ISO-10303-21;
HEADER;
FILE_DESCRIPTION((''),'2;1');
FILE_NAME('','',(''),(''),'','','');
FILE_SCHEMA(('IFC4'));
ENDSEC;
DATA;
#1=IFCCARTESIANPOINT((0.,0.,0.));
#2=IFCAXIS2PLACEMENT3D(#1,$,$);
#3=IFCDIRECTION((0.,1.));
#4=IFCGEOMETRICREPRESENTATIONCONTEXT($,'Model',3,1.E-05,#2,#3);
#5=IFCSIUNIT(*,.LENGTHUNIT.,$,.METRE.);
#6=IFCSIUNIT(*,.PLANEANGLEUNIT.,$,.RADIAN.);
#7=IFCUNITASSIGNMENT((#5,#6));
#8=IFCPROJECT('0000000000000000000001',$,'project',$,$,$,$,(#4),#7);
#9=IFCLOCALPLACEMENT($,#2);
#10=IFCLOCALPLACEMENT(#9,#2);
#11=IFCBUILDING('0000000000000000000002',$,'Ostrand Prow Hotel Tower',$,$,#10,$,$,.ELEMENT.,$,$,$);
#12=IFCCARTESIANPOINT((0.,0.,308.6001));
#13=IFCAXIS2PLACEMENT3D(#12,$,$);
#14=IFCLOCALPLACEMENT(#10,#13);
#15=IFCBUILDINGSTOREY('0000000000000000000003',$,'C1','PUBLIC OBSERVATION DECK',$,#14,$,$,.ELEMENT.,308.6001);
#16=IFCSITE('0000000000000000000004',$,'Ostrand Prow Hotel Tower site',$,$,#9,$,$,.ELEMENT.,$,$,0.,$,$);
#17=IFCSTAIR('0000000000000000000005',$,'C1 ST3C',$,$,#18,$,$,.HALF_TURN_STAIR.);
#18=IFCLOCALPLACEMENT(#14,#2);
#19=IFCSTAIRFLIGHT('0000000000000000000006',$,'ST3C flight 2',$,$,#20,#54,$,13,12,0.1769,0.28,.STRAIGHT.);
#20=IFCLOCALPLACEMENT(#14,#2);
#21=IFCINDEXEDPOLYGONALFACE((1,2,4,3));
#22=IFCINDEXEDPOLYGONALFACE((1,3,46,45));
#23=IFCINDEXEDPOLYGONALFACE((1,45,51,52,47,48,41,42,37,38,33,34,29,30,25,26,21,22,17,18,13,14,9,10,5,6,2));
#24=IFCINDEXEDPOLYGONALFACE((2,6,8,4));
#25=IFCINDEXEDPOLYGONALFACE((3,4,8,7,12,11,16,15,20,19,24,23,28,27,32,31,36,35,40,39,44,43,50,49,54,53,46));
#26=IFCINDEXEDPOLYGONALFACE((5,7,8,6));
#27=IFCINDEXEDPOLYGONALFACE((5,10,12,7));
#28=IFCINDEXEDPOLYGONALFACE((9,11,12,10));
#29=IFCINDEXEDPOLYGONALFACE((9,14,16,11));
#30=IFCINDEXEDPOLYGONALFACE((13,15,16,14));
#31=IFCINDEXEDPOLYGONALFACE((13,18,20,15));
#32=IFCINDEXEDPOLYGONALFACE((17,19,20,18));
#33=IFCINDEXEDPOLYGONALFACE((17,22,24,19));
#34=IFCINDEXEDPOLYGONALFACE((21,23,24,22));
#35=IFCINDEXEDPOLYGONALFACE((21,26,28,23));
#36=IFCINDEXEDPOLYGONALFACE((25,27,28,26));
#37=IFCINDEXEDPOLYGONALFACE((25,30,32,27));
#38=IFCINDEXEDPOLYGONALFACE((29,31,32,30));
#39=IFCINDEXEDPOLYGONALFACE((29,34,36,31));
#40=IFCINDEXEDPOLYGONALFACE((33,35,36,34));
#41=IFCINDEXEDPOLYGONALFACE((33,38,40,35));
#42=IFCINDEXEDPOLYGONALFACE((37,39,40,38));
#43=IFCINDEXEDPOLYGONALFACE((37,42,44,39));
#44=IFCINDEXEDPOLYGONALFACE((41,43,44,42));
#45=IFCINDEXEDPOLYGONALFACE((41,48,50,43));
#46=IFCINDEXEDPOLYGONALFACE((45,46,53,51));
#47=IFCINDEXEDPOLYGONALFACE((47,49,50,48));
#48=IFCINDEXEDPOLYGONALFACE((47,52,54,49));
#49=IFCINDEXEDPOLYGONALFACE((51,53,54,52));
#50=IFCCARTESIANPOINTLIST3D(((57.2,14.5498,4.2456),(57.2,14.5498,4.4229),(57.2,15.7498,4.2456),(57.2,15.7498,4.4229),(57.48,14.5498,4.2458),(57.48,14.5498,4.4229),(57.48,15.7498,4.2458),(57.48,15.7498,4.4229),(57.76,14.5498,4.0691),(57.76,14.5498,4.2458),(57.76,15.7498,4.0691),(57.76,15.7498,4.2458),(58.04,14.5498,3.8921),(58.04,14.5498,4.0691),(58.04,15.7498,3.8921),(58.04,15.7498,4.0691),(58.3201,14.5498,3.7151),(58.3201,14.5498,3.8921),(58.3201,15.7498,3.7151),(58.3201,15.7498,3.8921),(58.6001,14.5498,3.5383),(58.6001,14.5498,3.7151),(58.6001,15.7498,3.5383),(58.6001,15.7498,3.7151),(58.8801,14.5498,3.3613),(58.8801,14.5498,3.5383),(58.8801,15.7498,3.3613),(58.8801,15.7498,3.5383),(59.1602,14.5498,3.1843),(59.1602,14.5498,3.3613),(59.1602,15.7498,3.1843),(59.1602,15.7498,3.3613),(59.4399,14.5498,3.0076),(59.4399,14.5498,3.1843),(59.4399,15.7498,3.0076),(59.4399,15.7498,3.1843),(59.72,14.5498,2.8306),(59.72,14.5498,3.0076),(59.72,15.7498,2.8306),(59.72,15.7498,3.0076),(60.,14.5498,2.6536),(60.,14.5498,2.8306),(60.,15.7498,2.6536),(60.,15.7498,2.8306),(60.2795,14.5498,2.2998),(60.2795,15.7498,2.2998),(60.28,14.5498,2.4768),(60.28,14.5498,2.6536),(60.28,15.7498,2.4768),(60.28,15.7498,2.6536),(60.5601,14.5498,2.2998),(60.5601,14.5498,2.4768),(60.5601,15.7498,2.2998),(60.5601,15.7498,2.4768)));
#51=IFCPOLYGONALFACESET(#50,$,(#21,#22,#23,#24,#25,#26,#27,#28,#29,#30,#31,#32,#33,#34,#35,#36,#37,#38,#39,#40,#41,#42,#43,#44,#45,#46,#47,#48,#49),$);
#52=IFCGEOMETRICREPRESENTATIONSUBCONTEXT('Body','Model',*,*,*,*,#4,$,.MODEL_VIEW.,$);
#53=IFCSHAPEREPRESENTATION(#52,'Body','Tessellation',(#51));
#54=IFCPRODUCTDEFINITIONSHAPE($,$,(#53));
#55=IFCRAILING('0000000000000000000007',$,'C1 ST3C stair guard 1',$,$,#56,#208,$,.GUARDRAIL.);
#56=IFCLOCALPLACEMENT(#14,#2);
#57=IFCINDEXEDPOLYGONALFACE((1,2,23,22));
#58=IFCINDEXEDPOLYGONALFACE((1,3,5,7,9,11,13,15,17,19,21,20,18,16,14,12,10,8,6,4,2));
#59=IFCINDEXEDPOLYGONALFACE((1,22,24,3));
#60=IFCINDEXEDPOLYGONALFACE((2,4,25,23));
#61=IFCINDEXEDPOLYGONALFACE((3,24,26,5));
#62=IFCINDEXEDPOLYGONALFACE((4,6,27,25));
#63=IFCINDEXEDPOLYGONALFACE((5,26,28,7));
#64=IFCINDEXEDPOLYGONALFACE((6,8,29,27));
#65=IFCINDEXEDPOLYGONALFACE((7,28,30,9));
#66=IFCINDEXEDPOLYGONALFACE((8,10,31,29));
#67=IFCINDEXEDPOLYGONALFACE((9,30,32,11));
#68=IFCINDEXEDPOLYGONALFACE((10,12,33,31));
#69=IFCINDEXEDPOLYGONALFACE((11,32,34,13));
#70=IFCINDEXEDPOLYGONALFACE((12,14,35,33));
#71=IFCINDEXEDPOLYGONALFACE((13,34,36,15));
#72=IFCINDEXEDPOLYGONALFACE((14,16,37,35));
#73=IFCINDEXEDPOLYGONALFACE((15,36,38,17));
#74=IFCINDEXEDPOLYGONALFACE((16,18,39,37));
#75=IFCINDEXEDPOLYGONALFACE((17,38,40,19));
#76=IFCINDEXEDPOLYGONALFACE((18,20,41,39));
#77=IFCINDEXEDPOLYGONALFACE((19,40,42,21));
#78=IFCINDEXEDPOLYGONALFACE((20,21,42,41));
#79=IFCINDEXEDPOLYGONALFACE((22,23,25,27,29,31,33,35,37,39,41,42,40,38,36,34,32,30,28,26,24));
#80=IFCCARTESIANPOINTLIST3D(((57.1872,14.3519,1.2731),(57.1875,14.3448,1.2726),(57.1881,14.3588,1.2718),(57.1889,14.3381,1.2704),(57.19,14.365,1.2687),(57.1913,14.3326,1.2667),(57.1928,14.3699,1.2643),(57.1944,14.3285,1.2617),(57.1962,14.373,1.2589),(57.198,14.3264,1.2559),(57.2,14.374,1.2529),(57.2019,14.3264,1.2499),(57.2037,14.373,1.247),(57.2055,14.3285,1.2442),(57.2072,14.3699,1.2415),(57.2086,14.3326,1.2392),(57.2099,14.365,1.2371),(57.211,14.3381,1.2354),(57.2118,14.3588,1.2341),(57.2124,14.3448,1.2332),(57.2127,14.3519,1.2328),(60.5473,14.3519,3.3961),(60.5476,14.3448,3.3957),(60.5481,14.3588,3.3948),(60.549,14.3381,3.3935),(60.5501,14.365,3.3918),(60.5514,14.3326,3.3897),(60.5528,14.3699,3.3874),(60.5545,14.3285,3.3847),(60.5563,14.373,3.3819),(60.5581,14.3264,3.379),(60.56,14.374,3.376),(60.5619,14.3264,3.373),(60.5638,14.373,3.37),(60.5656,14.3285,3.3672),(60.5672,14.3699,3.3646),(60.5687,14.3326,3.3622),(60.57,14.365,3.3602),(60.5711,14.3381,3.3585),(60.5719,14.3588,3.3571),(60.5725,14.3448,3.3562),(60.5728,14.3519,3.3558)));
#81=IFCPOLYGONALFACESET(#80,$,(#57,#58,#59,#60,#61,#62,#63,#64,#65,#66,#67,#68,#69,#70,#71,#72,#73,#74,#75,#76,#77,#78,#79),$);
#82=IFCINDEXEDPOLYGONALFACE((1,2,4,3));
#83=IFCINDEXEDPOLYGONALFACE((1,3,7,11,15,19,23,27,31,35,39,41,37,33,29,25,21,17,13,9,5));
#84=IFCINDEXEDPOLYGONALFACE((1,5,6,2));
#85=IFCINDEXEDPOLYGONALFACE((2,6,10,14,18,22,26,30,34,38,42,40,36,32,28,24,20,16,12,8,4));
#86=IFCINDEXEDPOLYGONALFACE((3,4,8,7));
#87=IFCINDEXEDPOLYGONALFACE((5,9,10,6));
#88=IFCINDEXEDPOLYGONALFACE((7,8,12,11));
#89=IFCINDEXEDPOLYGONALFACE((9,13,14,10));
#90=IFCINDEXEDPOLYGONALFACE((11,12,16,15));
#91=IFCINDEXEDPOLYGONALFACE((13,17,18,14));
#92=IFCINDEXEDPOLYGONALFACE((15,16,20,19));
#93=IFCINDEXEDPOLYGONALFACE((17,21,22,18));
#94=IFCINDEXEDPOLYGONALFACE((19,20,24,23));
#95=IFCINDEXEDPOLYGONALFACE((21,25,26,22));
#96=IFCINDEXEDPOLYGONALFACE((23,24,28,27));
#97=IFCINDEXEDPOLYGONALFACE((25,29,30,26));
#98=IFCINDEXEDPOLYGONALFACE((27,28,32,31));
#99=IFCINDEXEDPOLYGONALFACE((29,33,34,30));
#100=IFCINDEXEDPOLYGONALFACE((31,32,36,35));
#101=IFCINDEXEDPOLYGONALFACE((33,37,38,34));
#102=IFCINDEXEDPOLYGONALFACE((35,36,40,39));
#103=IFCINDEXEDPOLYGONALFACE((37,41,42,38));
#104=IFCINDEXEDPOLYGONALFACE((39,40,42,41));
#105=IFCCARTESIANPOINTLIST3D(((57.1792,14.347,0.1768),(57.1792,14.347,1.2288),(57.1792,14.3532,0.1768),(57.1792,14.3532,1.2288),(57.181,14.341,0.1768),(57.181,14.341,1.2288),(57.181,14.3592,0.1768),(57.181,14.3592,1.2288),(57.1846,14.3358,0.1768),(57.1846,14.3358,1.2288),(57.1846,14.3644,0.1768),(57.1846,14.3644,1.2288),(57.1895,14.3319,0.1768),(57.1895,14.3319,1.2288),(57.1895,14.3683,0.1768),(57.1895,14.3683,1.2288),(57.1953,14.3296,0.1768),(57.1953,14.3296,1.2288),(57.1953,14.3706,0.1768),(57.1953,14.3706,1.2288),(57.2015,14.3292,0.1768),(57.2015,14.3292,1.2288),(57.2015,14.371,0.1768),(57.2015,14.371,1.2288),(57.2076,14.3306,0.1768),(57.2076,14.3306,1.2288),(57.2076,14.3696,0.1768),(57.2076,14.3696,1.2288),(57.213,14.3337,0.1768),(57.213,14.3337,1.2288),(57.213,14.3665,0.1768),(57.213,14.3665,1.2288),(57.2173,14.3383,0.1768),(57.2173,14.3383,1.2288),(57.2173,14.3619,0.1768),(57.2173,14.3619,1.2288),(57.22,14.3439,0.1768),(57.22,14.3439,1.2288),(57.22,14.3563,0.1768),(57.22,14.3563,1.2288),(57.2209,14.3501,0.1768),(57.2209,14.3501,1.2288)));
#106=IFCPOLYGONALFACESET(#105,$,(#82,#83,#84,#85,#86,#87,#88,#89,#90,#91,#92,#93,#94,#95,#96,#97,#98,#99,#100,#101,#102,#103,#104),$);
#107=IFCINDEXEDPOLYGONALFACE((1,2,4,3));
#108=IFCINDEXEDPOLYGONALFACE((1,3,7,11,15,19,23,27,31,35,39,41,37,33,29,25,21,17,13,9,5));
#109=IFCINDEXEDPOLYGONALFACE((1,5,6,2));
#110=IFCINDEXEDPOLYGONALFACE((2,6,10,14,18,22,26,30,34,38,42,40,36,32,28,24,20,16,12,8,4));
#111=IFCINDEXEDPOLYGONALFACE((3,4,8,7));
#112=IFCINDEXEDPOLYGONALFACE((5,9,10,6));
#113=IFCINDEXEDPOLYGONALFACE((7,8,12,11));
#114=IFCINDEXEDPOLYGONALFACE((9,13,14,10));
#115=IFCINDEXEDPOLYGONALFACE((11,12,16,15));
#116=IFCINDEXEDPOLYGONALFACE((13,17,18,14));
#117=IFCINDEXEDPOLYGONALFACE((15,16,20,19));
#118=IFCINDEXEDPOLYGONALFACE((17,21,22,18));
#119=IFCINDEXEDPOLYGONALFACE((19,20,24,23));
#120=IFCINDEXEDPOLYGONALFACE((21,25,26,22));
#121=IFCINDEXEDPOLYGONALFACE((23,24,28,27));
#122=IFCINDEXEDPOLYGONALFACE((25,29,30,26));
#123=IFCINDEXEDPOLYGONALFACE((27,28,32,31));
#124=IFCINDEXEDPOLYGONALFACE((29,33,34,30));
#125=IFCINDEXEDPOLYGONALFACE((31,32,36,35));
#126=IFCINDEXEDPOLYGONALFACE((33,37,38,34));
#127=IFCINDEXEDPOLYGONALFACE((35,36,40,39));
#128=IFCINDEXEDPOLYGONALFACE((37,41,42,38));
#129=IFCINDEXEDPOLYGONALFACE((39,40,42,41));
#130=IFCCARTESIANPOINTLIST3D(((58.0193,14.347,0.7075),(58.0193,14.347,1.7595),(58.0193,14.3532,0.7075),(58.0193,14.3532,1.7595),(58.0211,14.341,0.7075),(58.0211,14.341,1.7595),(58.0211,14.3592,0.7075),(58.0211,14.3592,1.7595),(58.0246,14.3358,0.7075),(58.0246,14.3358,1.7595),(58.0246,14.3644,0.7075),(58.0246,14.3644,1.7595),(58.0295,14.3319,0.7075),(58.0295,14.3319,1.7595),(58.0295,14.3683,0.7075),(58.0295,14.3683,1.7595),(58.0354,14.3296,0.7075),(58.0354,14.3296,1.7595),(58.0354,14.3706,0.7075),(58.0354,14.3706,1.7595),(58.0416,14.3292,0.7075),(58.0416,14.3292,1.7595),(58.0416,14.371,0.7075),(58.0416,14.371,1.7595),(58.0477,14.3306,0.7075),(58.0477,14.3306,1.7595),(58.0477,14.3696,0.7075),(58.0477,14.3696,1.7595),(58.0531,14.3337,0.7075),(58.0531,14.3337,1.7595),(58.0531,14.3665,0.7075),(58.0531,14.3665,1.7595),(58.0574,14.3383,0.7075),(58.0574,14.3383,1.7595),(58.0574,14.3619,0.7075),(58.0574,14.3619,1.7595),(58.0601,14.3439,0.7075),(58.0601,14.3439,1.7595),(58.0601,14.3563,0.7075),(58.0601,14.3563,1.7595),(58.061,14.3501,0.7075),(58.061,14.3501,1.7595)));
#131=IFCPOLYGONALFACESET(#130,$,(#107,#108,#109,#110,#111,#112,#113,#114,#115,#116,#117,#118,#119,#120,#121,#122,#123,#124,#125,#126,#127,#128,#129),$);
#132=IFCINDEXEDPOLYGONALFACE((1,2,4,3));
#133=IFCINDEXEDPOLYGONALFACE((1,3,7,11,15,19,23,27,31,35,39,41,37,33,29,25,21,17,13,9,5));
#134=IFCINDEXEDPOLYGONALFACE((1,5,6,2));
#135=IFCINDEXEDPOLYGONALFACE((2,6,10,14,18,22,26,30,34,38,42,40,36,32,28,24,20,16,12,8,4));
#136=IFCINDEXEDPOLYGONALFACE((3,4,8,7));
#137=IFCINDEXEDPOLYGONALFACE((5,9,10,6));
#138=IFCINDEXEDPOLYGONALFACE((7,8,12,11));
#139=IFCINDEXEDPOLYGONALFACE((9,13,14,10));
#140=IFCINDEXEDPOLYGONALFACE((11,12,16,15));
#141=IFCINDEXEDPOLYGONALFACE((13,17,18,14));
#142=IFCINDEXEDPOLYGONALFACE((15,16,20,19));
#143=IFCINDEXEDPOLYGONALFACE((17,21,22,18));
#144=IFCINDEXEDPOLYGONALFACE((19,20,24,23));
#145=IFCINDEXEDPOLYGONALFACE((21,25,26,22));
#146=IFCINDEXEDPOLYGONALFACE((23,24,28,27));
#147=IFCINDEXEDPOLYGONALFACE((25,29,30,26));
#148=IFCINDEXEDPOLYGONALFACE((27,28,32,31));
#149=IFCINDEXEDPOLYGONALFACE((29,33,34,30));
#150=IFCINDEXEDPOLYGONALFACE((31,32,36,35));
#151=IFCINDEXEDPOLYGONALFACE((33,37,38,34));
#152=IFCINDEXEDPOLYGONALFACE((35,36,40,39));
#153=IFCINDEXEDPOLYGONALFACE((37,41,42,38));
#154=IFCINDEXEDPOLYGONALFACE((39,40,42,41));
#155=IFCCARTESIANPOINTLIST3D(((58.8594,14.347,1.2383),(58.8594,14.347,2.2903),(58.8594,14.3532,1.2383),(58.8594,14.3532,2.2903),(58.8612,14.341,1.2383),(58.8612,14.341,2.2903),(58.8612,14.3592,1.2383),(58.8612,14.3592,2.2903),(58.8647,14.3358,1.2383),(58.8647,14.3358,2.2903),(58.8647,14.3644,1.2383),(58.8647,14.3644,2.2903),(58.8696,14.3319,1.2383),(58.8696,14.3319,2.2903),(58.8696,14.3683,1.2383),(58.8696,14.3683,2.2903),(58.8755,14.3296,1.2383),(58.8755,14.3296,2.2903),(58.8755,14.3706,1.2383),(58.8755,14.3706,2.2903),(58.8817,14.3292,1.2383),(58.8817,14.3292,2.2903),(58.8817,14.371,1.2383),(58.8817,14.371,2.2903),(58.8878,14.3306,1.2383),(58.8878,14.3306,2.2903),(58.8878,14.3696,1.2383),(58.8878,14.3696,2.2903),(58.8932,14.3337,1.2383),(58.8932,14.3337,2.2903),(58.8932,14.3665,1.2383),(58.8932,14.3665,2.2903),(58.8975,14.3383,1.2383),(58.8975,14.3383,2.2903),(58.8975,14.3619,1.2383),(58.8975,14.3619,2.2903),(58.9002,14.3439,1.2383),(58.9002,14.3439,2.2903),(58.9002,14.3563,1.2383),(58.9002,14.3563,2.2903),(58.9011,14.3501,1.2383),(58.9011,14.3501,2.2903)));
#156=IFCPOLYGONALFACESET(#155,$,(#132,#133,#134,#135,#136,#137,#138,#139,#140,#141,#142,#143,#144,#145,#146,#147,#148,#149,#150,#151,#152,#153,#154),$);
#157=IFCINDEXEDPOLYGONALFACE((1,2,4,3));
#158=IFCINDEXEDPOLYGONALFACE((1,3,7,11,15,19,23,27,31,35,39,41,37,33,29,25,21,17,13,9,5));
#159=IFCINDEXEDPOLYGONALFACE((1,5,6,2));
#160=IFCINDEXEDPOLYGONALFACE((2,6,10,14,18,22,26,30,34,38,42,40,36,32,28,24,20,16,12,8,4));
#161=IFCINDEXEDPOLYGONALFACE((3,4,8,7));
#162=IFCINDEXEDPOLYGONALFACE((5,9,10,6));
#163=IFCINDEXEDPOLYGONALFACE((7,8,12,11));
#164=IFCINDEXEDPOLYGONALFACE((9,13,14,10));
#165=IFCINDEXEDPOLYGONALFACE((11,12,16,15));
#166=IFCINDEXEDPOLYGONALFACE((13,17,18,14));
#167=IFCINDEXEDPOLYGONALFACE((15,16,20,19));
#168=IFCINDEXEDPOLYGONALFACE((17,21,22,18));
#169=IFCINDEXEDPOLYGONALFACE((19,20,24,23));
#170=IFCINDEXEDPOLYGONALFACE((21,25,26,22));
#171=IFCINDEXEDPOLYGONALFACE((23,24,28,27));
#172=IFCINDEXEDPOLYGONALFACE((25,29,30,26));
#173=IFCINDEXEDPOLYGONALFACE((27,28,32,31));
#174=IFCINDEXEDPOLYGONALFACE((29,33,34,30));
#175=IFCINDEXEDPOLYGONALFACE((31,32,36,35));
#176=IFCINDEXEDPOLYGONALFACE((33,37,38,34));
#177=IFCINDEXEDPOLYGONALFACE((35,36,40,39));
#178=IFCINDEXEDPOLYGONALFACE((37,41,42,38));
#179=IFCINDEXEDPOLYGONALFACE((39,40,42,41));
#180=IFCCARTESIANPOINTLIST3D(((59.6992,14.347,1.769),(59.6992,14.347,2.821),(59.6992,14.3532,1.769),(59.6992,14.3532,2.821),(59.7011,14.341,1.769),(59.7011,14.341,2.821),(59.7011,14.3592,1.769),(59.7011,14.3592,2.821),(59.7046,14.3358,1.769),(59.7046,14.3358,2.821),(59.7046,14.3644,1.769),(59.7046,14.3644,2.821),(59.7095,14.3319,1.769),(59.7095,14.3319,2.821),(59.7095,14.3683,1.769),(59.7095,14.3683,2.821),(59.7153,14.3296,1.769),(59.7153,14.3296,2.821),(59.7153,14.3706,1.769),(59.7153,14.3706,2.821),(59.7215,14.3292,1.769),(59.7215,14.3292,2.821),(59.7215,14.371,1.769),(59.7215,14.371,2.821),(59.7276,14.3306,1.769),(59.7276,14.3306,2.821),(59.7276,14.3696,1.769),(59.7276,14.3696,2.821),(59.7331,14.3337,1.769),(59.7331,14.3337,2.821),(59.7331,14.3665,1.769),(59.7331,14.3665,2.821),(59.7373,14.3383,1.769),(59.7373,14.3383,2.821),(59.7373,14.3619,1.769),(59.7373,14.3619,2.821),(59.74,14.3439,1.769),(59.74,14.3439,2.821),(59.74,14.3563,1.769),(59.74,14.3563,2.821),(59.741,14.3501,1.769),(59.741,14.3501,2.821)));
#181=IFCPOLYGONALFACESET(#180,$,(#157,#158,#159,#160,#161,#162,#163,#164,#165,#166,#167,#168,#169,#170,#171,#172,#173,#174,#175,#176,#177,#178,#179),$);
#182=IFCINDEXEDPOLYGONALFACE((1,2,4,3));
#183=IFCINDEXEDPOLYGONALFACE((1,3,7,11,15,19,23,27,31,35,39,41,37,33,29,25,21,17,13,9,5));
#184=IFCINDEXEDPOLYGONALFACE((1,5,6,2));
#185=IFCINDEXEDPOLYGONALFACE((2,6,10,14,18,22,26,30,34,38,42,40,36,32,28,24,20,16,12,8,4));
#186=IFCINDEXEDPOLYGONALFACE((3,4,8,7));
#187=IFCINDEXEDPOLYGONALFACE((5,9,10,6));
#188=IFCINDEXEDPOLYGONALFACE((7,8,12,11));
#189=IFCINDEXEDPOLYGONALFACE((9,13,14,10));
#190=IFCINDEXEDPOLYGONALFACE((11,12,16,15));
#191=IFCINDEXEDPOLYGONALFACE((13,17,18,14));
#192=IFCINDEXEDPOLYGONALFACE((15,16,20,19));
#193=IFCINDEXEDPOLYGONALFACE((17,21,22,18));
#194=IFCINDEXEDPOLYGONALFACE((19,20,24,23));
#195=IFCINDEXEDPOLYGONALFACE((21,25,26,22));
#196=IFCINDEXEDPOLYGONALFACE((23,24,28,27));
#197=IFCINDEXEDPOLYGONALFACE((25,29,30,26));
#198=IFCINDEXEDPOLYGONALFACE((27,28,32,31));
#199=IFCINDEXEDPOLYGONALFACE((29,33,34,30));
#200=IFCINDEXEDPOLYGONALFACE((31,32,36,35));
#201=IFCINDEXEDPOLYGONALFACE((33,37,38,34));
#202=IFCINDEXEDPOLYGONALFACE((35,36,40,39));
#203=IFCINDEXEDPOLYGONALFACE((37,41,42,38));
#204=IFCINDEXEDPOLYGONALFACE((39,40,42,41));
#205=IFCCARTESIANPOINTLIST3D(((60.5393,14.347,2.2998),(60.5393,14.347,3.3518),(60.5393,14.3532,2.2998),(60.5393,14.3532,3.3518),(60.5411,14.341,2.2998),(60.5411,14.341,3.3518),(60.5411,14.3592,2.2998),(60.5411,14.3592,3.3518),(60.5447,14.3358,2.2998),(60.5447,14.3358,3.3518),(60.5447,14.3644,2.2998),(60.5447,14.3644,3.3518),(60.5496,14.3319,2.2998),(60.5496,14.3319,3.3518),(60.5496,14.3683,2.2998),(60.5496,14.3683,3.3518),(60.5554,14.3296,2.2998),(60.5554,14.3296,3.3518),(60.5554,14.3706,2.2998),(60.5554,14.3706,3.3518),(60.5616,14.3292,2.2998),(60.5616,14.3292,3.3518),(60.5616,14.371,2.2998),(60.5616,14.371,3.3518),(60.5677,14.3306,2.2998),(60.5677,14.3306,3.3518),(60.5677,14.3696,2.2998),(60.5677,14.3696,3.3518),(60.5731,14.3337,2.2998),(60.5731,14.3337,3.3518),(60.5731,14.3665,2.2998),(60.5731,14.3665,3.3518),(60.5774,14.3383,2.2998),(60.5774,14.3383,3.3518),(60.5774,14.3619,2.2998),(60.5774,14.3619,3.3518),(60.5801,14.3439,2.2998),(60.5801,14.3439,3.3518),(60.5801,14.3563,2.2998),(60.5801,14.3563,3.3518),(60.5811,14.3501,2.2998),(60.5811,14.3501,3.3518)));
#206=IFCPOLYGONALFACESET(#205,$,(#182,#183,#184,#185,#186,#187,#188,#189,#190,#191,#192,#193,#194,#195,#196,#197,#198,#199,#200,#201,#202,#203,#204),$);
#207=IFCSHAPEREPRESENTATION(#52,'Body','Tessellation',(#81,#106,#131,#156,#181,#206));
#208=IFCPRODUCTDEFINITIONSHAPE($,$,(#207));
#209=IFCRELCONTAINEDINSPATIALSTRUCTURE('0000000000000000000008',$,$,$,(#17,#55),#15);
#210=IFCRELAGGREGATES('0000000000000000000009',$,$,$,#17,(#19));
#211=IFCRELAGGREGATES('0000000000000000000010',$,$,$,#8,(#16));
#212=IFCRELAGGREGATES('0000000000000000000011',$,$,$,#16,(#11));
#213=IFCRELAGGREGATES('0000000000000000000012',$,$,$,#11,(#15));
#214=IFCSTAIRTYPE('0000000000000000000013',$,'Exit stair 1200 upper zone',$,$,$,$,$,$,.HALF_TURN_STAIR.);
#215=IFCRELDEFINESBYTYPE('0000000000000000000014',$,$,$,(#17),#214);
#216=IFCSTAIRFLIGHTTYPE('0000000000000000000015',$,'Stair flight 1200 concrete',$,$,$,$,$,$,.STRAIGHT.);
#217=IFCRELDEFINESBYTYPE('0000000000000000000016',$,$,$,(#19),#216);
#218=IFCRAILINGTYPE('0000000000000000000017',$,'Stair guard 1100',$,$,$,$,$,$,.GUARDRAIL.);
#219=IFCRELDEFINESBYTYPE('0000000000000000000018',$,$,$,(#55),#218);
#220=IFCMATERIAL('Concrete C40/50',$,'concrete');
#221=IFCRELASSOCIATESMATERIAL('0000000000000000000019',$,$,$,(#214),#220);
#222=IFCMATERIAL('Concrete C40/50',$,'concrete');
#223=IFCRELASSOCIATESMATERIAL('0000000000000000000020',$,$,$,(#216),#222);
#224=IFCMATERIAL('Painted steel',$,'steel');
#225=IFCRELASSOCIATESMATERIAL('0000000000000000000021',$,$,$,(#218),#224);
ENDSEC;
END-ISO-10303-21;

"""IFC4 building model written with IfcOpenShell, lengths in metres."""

from ifc_helpers import new_model, si_unit, direction, frame, origin, origin_2d, place, context, subcontext, project, spatial, polyline, circle, outline, extrude, material, type_object, element, aggregate, save


model = new_model("IFC4")

# Units and contexts
model_context = context("Model", 3, precision=1e-05, world=origin(), true_north=direction((0.0, 1.0)))
body_context = subcontext(model_context, "Body", "Model", "MODEL_VIEW")
ifc_project = project(units=[si_unit("LENGTHUNIT", "METRE"), si_unit("PLANEANGLEUNIT", "RADIAN")], contexts=[model_context])

# Site, building, storey
site_placement = place(None, origin())
site = spatial("IfcSite", under=ifc_project, at=site_placement, Name="Ostrand Prow Hotel Tower site", CompositionType="ELEMENT", RefElevation=0.0)
building_placement = place(site_placement, origin())
building = spatial("IfcBuilding", under=site, at=building_placement, Name="Ostrand Prow Hotel Tower", CompositionType="ELEMENT")
storey_placement = place(building_placement, frame((0.0, 0.0, 308.6001)))
storey = spatial("IfcBuildingStorey", under=building, at=storey_placement, Name="C1", Description="PUBLIC OBSERVATION DECK", CompositionType="ELEMENT", Elevation=308.6001)

# Stair, stair flight
ifc_material_1 = material(Name="Concrete C40/50", Category="concrete")
stair_type = type_object("IfcStairType", Name="Exit stair 1200 upper zone", PredefinedType="HALF_TURN_STAIR", material=ifc_material_1)
stair_placement = place(storey_placement, origin())
stair = element("IfcStair", 1, at=stair_placement, inside=storey, type_object=stair_type, Name="C1 ST3C", PredefinedType="HALF_TURN_STAIR")
ifc_material_2 = material(Name="Concrete C40/50", Category="concrete")
stair_flight_type = type_object("IfcStairFlightType", Name="Stair flight 1200 concrete", PredefinedType="STRAIGHT", material=ifc_material_2)
stair_flight_1_placement = place(storey_placement, frame((60.5601, 15.1499, 2.2998), z_axis=(0.0, 0.0, 1.0), x_axis=(-1.0, 0.0, 0.0)))
stair_flight_1 = element("IfcStairFlight", 2, at=stair_flight_1_placement, type_object=stair_flight_type, Name="ST3C flight 2", NumberOfRisers=13, NumberOfTreads=12, PredefinedType="STRAIGHT", RiserHeight=0.1769, TreadLength=0.28, context=body_context, shape_type="SweptSolid", body=[
    extrude(outline(polyline([(0.0, 0.0), (0.0, 0.177), (0.28, 0.177), (0.28, 0.3538), (0.5601, 0.3538), (0.5601, 0.5308), (0.8401, 0.5308), (0.8401, 0.7078), (1.1201, 0.7078), (1.1201, 0.8845), (1.3999, 0.8845), (1.3999, 1.0615), (1.6799, 1.0615), (1.6799, 1.2385), (1.96, 1.2385), (1.96, 1.4153), (2.24, 1.4153), (2.24, 1.5923), (2.52, 1.5923), (2.52, 1.7693), (2.8, 1.7693), (2.8, 1.946), (3.0801, 1.946), (3.0801, 2.123), (3.3601, 2.123), (3.3601, 2.3), (3.3601, 1.9458), (0.2805, 0.0), (0.0, 0.0)])), frame((0.0, 0.6001, 0.0), z_axis=(0.0, -1.0, 0.0), x_axis=(1.0, 0.0, 0.0)), (0.0, 0.0, 1.0), 1.2),
])
aggregate(stair, [stair_flight_1])

# Railing
ifc_material_3 = material(Name="Painted steel", Category="steel")
railing_type_1 = type_object("IfcRailingType", Name="Stair guard 1100", PredefinedType="GUARDRAIL", material=ifc_material_3)
railing_1_placement = place(storey_placement, frame((57.2, 14.3501, 0.1768)))
element("IfcRailing", 3, at=railing_1_placement, inside=storey, type_object=railing_type_1, Name="C1 ST3C stair guard 1", PredefinedType="GUARDRAIL", context=body_context, shape_type="SweptSolid", body=[
    extrude(circle(Radius=0.0239, at=origin_2d()), frame((0.0, 0.0, 1.0762), z_axis=(0.84539, 0.0, 0.53415), x_axis=(0.0, 1.0, 0.0)), (0.0, 0.0, 1.0), 3.9746),
    extrude(circle(Radius=0.021, at=origin_2d()), origin(), (0.0, 0.0, 1.0), 1.052),
    extrude(circle(Radius=0.021, at=origin_2d()), frame((0.8401, 0.0, 0.5308)), (0.0, 0.0, 1.0), 1.052),
    extrude(circle(Radius=0.021, at=origin_2d()), frame((1.6802, 0.0, 1.0615)), (0.0, 0.0, 1.0), 1.052),
    extrude(circle(Radius=0.021, at=origin_2d()), frame((2.52, 0.0, 1.5923)), (0.0, 0.0, 1.0), 1.052),
    extrude(circle(Radius=0.021, at=origin_2d()), frame((3.3601, 0.0, 2.123)), (0.0, 0.0, 1.0), 1.052),
])

save(model, "model.ifc")
